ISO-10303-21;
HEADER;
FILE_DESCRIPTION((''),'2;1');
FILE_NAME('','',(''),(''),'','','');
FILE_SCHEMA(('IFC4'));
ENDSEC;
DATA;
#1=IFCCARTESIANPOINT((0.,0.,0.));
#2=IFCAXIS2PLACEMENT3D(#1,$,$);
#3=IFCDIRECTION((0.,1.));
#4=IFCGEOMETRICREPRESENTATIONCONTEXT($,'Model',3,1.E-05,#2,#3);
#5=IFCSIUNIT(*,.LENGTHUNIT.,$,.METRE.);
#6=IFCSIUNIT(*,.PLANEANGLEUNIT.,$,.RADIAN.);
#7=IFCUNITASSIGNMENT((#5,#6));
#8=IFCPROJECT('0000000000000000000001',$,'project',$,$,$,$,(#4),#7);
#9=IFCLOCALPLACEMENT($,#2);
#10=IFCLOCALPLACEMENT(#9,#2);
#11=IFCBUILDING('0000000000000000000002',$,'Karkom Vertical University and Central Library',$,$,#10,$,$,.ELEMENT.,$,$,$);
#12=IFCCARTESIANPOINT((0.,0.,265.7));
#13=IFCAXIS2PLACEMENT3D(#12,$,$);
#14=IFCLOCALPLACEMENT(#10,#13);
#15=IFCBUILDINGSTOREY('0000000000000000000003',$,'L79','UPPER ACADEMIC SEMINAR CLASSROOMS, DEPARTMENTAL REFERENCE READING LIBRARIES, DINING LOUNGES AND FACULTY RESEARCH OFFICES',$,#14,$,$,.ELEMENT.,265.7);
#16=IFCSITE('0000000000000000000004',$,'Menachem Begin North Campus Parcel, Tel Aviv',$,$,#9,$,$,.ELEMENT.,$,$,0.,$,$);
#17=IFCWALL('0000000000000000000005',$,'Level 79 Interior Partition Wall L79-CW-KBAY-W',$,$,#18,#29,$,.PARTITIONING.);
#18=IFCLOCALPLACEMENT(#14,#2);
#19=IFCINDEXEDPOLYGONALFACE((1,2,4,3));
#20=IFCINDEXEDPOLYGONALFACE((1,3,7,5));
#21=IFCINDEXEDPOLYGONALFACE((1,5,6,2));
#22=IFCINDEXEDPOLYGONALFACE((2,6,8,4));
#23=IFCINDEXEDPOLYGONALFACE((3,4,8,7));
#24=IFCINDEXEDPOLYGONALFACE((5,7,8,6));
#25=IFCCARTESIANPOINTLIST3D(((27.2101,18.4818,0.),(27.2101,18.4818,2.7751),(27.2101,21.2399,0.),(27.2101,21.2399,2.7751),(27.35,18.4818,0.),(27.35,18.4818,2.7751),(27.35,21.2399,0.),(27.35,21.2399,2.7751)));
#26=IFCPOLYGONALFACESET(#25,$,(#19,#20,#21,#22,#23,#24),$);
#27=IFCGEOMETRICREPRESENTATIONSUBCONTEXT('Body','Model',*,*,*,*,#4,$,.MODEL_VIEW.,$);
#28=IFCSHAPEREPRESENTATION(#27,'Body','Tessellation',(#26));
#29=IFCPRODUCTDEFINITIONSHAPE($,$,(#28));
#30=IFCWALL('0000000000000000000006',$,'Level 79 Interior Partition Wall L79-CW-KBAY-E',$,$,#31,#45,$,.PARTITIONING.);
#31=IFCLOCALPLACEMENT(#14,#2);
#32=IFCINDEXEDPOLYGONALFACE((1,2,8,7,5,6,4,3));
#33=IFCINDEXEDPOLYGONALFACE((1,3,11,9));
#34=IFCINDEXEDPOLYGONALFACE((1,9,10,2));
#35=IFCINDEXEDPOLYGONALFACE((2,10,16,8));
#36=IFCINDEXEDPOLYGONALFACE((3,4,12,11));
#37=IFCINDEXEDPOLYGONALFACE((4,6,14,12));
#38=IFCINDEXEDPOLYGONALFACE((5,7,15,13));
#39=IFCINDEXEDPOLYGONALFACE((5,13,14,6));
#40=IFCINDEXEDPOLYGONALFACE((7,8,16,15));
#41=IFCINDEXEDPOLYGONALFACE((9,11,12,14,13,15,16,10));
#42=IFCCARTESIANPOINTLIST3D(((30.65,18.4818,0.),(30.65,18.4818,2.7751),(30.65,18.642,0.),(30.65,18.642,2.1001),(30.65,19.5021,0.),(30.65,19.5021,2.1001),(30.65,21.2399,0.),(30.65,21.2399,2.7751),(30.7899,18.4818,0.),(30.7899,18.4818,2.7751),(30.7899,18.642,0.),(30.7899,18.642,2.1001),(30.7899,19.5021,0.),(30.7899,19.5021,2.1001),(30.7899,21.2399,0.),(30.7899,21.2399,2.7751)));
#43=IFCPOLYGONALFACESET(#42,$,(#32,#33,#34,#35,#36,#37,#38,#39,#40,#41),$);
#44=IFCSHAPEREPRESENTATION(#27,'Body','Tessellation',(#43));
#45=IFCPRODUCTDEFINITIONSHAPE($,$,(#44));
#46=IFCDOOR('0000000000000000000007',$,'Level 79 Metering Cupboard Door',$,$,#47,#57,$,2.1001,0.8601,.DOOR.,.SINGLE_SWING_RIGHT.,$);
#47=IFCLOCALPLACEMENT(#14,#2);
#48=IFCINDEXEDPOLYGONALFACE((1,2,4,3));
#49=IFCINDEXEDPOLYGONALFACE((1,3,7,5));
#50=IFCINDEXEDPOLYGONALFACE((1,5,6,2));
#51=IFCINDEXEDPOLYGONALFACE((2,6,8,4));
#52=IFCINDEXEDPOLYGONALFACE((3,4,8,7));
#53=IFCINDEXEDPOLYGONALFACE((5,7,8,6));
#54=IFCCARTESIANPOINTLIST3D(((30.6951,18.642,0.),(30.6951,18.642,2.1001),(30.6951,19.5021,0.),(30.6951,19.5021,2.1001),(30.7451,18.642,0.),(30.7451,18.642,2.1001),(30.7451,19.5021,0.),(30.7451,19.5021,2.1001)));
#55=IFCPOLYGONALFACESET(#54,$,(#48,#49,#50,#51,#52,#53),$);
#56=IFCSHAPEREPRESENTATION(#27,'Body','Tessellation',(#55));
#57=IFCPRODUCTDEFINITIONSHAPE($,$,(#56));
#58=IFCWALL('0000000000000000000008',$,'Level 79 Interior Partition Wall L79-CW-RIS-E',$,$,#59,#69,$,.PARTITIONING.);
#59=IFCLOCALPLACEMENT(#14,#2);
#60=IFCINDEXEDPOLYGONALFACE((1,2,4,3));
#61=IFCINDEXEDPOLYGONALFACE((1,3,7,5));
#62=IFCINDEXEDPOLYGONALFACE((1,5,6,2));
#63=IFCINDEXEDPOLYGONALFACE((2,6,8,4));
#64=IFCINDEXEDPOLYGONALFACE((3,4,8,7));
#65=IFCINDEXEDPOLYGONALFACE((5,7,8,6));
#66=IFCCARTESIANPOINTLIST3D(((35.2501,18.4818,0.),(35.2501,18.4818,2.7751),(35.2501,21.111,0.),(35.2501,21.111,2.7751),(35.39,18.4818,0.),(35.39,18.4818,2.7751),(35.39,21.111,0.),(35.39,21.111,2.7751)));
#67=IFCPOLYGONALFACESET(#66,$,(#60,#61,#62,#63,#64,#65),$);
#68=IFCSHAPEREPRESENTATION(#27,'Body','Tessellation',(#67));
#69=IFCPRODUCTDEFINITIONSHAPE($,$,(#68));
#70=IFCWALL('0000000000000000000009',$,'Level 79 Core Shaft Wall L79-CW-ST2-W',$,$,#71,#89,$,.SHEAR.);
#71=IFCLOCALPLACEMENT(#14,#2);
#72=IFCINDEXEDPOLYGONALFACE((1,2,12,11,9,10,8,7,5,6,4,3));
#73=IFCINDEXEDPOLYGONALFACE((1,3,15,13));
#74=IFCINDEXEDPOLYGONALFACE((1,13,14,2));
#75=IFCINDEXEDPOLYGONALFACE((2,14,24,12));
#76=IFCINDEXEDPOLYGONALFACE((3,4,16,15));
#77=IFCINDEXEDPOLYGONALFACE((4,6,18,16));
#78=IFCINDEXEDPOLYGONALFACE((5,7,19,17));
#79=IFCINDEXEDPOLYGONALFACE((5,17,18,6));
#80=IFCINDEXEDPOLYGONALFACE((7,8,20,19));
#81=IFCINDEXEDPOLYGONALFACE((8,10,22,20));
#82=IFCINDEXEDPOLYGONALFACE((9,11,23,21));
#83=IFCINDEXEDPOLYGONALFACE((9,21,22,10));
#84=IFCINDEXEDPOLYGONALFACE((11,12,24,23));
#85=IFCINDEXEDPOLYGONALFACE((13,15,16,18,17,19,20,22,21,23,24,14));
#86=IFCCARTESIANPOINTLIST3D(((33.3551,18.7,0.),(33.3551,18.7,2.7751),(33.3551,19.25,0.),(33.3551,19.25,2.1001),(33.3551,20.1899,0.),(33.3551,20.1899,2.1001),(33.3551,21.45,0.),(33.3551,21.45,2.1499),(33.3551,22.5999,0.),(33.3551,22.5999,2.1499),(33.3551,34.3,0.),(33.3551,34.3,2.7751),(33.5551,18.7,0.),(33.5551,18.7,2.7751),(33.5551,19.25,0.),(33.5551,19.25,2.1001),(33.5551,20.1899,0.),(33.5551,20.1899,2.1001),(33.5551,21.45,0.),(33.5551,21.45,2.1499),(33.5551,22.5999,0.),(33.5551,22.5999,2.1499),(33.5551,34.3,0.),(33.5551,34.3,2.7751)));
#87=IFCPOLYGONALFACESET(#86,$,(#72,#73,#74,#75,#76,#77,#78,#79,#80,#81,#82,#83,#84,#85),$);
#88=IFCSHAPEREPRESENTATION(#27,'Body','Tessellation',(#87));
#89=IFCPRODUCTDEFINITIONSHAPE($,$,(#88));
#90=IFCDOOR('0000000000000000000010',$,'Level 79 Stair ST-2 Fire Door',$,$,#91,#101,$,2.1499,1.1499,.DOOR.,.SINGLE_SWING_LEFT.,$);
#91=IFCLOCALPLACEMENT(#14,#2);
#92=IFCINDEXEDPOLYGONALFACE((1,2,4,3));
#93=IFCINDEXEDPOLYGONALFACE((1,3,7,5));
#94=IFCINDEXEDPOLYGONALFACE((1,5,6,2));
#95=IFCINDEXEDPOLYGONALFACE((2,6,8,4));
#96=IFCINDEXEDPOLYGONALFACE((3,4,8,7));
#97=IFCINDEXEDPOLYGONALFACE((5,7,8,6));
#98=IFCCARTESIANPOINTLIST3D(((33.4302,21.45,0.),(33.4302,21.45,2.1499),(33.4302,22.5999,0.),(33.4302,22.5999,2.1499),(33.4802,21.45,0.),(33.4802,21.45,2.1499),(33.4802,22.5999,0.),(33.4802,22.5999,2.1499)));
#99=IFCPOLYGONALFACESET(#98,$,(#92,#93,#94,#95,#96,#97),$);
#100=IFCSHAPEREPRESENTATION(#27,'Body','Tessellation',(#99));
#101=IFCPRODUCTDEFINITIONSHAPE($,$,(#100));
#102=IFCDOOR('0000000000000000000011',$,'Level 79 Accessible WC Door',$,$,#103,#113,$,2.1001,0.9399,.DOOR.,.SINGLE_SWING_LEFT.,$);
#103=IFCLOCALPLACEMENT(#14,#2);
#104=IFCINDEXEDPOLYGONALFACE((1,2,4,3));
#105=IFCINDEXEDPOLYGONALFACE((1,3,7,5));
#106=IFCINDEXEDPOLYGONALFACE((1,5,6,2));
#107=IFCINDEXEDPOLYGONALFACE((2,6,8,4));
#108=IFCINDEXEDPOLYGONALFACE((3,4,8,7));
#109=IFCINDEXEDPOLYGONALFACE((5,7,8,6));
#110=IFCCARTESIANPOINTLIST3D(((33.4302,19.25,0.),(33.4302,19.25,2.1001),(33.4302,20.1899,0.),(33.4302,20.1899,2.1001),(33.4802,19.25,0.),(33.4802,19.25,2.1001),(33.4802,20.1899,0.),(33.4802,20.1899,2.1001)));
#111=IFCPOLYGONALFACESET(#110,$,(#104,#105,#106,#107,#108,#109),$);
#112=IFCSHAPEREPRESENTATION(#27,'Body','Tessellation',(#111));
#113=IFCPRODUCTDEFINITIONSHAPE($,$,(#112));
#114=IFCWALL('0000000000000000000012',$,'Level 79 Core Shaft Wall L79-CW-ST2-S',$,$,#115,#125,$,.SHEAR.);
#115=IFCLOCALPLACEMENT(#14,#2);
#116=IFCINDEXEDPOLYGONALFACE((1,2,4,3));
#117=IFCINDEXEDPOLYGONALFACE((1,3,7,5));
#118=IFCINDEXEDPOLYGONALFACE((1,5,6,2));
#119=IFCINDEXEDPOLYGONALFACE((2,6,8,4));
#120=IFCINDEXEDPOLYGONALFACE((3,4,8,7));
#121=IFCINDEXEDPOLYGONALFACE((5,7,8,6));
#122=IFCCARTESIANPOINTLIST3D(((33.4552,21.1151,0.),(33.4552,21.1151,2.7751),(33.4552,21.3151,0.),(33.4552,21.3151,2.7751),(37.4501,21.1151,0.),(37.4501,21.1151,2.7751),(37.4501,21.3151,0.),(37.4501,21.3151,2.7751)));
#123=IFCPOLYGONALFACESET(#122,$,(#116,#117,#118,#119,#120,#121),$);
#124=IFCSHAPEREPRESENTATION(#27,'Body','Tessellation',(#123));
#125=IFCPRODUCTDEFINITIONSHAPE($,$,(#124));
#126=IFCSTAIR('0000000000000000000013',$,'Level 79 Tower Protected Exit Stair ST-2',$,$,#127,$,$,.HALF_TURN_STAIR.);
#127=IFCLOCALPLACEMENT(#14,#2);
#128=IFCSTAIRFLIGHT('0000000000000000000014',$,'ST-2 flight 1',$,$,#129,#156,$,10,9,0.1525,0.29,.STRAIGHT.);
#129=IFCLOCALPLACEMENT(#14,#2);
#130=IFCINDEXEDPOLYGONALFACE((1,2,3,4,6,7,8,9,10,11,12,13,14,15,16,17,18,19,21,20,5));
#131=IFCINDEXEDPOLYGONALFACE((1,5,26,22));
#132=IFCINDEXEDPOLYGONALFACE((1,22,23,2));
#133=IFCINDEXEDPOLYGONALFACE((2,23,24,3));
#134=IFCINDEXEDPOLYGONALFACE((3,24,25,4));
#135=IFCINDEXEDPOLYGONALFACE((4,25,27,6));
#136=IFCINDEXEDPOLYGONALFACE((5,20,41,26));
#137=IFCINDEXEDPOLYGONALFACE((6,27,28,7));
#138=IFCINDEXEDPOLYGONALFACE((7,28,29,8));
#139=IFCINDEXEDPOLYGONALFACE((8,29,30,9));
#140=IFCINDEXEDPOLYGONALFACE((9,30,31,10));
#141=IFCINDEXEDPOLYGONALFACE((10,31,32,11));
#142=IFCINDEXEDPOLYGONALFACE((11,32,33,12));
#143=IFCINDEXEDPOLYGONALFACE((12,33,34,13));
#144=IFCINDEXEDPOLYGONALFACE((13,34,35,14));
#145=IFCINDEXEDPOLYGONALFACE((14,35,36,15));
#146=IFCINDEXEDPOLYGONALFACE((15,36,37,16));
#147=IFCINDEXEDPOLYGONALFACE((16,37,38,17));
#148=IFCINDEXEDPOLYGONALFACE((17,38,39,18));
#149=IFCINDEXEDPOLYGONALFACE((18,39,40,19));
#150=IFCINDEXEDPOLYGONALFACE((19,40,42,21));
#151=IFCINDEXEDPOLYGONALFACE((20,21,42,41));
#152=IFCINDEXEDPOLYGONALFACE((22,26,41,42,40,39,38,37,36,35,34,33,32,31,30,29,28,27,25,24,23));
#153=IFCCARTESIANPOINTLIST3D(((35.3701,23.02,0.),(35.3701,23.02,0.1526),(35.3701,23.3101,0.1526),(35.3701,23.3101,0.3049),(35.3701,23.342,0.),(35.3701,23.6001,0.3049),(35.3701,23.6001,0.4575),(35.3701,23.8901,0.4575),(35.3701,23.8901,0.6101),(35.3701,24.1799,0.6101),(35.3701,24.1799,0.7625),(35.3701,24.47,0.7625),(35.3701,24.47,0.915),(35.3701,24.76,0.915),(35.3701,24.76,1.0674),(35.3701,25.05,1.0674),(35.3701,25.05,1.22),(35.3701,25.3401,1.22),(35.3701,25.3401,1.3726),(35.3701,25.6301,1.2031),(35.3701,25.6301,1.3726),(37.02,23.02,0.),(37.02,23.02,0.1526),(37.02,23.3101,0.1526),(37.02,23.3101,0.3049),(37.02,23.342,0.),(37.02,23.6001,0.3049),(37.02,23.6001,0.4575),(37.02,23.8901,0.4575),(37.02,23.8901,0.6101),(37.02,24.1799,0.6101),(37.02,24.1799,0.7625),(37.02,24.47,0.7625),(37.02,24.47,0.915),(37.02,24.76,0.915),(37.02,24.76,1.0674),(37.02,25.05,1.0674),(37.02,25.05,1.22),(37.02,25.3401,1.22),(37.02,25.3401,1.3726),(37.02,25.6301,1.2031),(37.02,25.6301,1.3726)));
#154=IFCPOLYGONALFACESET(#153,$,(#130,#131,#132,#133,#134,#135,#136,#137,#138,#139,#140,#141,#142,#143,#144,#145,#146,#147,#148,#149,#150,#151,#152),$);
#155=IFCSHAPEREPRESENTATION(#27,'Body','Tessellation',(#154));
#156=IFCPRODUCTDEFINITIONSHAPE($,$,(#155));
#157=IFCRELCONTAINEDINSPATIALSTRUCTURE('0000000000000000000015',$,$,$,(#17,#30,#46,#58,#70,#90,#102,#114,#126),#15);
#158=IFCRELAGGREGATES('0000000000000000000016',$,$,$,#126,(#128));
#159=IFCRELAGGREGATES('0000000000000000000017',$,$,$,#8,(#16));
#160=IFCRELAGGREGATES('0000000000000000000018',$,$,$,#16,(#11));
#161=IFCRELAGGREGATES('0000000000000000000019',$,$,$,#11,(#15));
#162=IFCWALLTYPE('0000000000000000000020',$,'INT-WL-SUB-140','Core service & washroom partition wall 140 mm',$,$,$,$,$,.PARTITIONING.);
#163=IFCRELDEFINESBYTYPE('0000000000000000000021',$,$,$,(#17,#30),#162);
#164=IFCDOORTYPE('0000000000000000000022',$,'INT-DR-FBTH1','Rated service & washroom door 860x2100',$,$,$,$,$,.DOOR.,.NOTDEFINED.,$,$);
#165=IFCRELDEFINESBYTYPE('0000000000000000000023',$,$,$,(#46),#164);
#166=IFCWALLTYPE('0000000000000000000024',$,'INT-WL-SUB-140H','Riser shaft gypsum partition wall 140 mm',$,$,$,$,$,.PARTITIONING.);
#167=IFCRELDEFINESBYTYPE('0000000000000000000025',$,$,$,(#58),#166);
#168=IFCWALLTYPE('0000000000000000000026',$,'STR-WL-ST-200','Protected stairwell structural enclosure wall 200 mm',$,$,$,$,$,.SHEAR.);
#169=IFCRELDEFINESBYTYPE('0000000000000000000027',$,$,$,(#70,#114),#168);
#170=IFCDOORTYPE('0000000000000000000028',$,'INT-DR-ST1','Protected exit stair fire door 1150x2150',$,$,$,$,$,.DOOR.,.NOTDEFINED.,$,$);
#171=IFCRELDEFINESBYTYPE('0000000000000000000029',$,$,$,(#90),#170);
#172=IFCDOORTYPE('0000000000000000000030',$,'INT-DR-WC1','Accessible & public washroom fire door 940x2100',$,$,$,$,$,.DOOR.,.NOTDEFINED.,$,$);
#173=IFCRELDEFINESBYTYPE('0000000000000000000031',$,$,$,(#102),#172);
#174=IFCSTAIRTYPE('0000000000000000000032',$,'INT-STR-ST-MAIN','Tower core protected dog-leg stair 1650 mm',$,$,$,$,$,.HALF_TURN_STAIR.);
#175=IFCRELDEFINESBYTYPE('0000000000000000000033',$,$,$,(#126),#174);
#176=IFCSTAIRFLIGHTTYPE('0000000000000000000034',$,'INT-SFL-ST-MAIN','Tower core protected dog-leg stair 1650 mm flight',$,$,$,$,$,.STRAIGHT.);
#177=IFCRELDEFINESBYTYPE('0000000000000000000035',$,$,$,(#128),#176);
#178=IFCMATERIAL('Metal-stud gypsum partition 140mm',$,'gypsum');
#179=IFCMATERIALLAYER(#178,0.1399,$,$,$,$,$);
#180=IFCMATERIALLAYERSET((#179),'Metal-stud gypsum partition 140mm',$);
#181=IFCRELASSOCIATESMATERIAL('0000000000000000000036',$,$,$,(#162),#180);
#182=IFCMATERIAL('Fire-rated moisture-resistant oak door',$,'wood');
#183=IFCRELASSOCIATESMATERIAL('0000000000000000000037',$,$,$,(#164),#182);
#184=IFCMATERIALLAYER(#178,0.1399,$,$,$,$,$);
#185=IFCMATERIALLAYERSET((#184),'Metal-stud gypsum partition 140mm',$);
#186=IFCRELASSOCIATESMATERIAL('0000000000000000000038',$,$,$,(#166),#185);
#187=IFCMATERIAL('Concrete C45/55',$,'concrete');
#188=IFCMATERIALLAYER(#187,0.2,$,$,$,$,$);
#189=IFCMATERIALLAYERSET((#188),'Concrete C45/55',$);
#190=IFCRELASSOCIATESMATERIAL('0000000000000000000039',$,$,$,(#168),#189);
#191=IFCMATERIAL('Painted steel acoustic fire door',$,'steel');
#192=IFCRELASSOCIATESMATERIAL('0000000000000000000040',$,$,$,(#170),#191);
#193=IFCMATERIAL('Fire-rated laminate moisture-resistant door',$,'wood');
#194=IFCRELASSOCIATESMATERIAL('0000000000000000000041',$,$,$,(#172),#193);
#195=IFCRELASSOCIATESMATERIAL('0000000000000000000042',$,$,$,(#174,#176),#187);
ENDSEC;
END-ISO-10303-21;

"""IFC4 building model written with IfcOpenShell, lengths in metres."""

from ifc_helpers import new_model, si_unit, direction, frame, frame_2d, origin, origin_with_axes, place, context, subcontext, project, spatial, polyline, rectangle, outline, extrude, source, transform, mapped, material, layer, layer_set, type_object, element, fill, aggregate, save


model = new_model("IFC4")

# Units and contexts
model_context = context("Model", 3, precision=1e-05, world=origin(), true_north=direction((0.0, 1.0)))
body_context = subcontext(model_context, "Body", "Model", "MODEL_VIEW")
ifc_project = project(units=[si_unit("LENGTHUNIT", "METRE"), si_unit("PLANEANGLEUNIT", "RADIAN")], contexts=[model_context])

# Site, building, storey
site_placement = place(None, origin())
site = spatial("IfcSite", under=ifc_project, at=site_placement, Name="Menachem Begin North Campus Parcel, Tel Aviv", CompositionType="ELEMENT", RefElevation=0.0)
building_placement = place(site_placement, origin())
building = spatial("IfcBuilding", under=site, at=building_placement, Name="Karkom Vertical University and Central Library", CompositionType="ELEMENT")
storey_placement = place(building_placement, frame((0.0, 0.0, 265.7)))
storey = spatial("IfcBuildingStorey", under=building, at=storey_placement, Name="L79", Description="UPPER ACADEMIC SEMINAR CLASSROOMS, DEPARTMENTAL REFERENCE READING LIBRARIES, DINING LOUNGES AND FACULTY RESEARCH OFFICES", CompositionType="ELEMENT", Elevation=265.7)

# Shared definitions
ifc_material_1 = material(Name="Concrete C45/55", Category="concrete")

# Shared definitions
ifc_material_2 = material(Name="Metal-stud gypsum partition 140mm", Category="gypsum")
ifc_layer_1 = layer(ifc_material_2, 0.1399)
ifc_layer_set_1 = layer_set([ifc_layer_1], Name="Metal-stud gypsum partition 140mm")
wall_type_1 = type_object("IfcWallType", Name="INT-WL-SUB-140", Description="Core service & washroom partition wall 140 mm", PredefinedType="PARTITIONING", material=ifc_layer_set_1)

# Wall
wall_1_placement = place(storey_placement, frame((27.28, 18.4819, 0.0), z_axis=(0.0, 0.0, 1.0), x_axis=(0.0, 1.0, 0.0)))
element("IfcWall", 1, at=wall_1_placement, inside=storey, type_object=wall_type_1, Name="Level 79 Interior Partition Wall L79-CW-KBAY-W", PredefinedType="PARTITIONING", context=body_context, shape_type="SweptSolid", body=[
    extrude(rectangle(XDim=2.7581, YDim=0.1399, at=frame_2d((1.3789, 0.0))), origin(), (0.0, 0.0, 1.0), 2.7751),
])

# Wall, opening, door
wall_2_placement = place(storey_placement, frame((30.72, 18.4819, 0.0), z_axis=(0.0, 0.0, 1.0), x_axis=(0.0, 1.0, 0.0)))
wall_2 = element("IfcWall", 2, at=wall_2_placement, inside=storey, type_object=wall_type_1, Name="Level 79 Interior Partition Wall L79-CW-KBAY-E", PredefinedType="PARTITIONING", context=body_context, shape_type="SweptSolid", body=[
    extrude(rectangle(XDim=2.7581, YDim=0.1399, at=frame_2d((1.3789, 0.0))), origin(), (0.0, 0.0, 1.0), 2.7751),
])
opening_1_placement = place(wall_2_placement, frame((0.1599, 0.0, 0.0)))
opening_1 = element("IfcOpeningElement", 3, at=opening_1_placement, cuts=wall_2, PredefinedType="OPENING", context=body_context, shape_type="SweptSolid", body=[
    extrude(rectangle(XDim=0.8601, YDim=2.1001, at=frame_2d((0.4302, 1.05))), frame((0.0, 0.0801, 0.0), z_axis=(0.0, -1.0, 0.0), x_axis=(1.0, 0.0, 0.0)), (0.0, 0.0, 1.0), 0.1599),
])
ifc_material_3 = material(Name="Fire-rated moisture-resistant oak door", Category="wood")
door_type_1 = type_object("IfcDoorType", Name="INT-DR-FBTH1", Description="Rated service & washroom door 860x2100", OperationType="NOTDEFINED", PredefinedType="DOOR", material=ifc_material_3)
shared_shape_1 = source(origin_with_axes(), body_context, "Body", "SweptSolid", [
    extrude(rectangle(XDim=0.8601, YDim=2.1001, at=frame_2d((0.4302, 1.05))), frame((0.0, 0.0249, 0.0), z_axis=(0.0, -1.0, 0.0), x_axis=(1.0, 0.0, 0.0)), (0.0, 0.0, 1.0), 0.05),
])
door_1_placement = place(opening_1_placement, origin())
door_1 = element("IfcDoor", 4, at=door_1_placement, inside=storey, type_object=door_type_1, Name="Level 79 Metering Cupboard Door", OperationType="SINGLE_SWING_RIGHT", OverallHeight=2.1001, OverallWidth=0.8601, PredefinedType="DOOR", context=body_context, shape_type="MappedRepresentation", body=[
    mapped(shared_shape_1, transform((0.0, 0.0, 0.0), scale=1.0)),
])
fill(opening_1, door_1)

# Wall
ifc_layer_2 = layer(ifc_material_2, 0.1399)
ifc_layer_set_2 = layer_set([ifc_layer_2], Name="Metal-stud gypsum partition 140mm")
wall_type_2 = type_object("IfcWallType", Name="INT-WL-SUB-140H", Description="Riser shaft gypsum partition wall 140 mm", PredefinedType="PARTITIONING", material=ifc_layer_set_2)
wall_3_placement = place(storey_placement, frame((35.3201, 18.4819, 0.0), z_axis=(0.0, 0.0, 1.0), x_axis=(0.0, 1.0, 0.0)))
element("IfcWall", 5, at=wall_3_placement, inside=storey, type_object=wall_type_2, Name="Level 79 Interior Partition Wall L79-CW-RIS-E", PredefinedType="PARTITIONING", context=body_context, shape_type="SweptSolid", body=[
    extrude(rectangle(XDim=2.6292, YDim=0.1399, at=frame_2d((1.3145, 0.0))), origin(), (0.0, 0.0, 1.0), 2.7751),
])

# Wall, openings, doors
ifc_layer_3 = layer(ifc_material_1, 0.2)
ifc_layer_set_3 = layer_set([ifc_layer_3], Name="Concrete C45/55")
wall_type_3 = type_object("IfcWallType", Name="STR-WL-ST-200", Description="Protected stairwell structural enclosure wall 200 mm", PredefinedType="SHEAR", material=ifc_layer_set_3)
wall_4_placement = place(storey_placement, frame((33.4551, 18.7, 0.0), z_axis=(0.0, 0.0, 1.0), x_axis=(0.0, 1.0, 0.0)))
wall_4 = element("IfcWall", 6, at=wall_4_placement, inside=storey, type_object=wall_type_3, Name="Level 79 Core Shaft Wall L79-CW-ST2-W", PredefinedType="SHEAR", context=body_context, shape_type="SweptSolid", body=[
    extrude(rectangle(XDim=15.6001, YDim=0.2, at=frame_2d((7.8, 0.0))), origin(), (0.0, 0.0, 1.0), 2.7751),
])
opening_2_placement = place(wall_4_placement, frame((2.75, 0.0, 0.0)))
opening_2 = element("IfcOpeningElement", 7, at=opening_2_placement, cuts=wall_4, PredefinedType="OPENING", context=body_context, shape_type="SweptSolid", body=[
    extrude(rectangle(XDim=1.1499, YDim=2.1499, at=frame_2d((0.575, 1.075))), frame((0.0, 0.1099, 0.0), z_axis=(0.0, -1.0, 0.0), x_axis=(1.0, 0.0, 0.0)), (0.0, 0.0, 1.0), 0.22),
])
opening_3_placement = place(wall_4_placement, frame((0.55, 0.0, 0.0)))
opening_3 = element("IfcOpeningElement", 8, at=opening_3_placement, cuts=wall_4, PredefinedType="OPENING", context=body_context, shape_type="SweptSolid", body=[
    extrude(rectangle(XDim=0.9399, YDim=2.1001, at=frame_2d((0.47, 1.05))), frame((0.0, 0.1099, 0.0), z_axis=(0.0, -1.0, 0.0), x_axis=(1.0, 0.0, 0.0)), (0.0, 0.0, 1.0), 0.22),
])
ifc_material_4 = material(Name="Painted steel acoustic fire door", Category="steel")
door_type_2 = type_object("IfcDoorType", Name="INT-DR-ST1", Description="Protected exit stair fire door 1150x2150", OperationType="NOTDEFINED", PredefinedType="DOOR", material=ifc_material_4)
shared_shape_2 = source(origin_with_axes(), body_context, "Body", "SweptSolid", [
    extrude(rectangle(XDim=1.1499, YDim=2.1499, at=frame_2d((0.575, 1.075))), frame((0.0, 0.0249, 0.0), z_axis=(0.0, -1.0, 0.0), x_axis=(1.0, 0.0, 0.0)), (0.0, 0.0, 1.0), 0.05),
])
door_2_placement = place(opening_2_placement, origin())
door_2 = element("IfcDoor", 9, at=door_2_placement, inside=storey, type_object=door_type_2, Name="Level 79 Stair ST-2 Fire Door", OperationType="SINGLE_SWING_LEFT", OverallHeight=2.1499, OverallWidth=1.1499, PredefinedType="DOOR", context=body_context, shape_type="MappedRepresentation", body=[
    mapped(shared_shape_2, transform((0.0, 0.0, 0.0), scale=1.0)),
])
fill(opening_2, door_2)
ifc_material_5 = material(Name="Fire-rated laminate moisture-resistant door", Category="wood")
door_type_3 = type_object("IfcDoorType", Name="INT-DR-WC1", Description="Accessible & public washroom fire door 940x2100", OperationType="NOTDEFINED", PredefinedType="DOOR", material=ifc_material_5)
shared_shape_3 = source(origin_with_axes(), body_context, "Body", "SweptSolid", [
    extrude(rectangle(XDim=0.9399, YDim=2.1001, at=frame_2d((0.47, 1.05))), frame((0.0, 0.0249, 0.0), z_axis=(0.0, -1.0, 0.0), x_axis=(1.0, 0.0, 0.0)), (0.0, 0.0, 1.0), 0.05),
])
door_3_placement = place(opening_3_placement, origin())
door_3 = element("IfcDoor", 10, at=door_3_placement, inside=storey, type_object=door_type_3, Name="Level 79 Accessible WC Door", OperationType="SINGLE_SWING_LEFT", OverallHeight=2.1001, OverallWidth=0.9399, PredefinedType="DOOR", context=body_context, shape_type="MappedRepresentation", body=[
    mapped(shared_shape_3, transform((0.0, 0.0, 0.0), scale=1.0)),
])
fill(opening_3, door_3)

# Wall
wall_5_placement = place(storey_placement, frame((33.4551, 21.2151, 0.0), z_axis=(0.0, 0.0, 1.0), x_axis=(1.0, 0.0, 0.0)))
element("IfcWall", 11, at=wall_5_placement, inside=storey, type_object=wall_type_3, Name="Level 79 Core Shaft Wall L79-CW-ST2-S", PredefinedType="SHEAR", context=body_context, shape_type="SweptSolid", body=[
    extrude(rectangle(XDim=3.9949, YDim=0.2, at=frame_2d((1.9976, 0.0))), origin(), (0.0, 0.0, 1.0), 2.7751),
])

# Stair, stair flight
stair_type = type_object("IfcStairType", Name="INT-STR-ST-MAIN", Description="Tower core protected dog-leg stair 1650 mm", PredefinedType="HALF_TURN_STAIR", material=ifc_material_1)
stair_placement = place(storey_placement, origin())
stair = element("IfcStair", 12, at=stair_placement, inside=storey, type_object=stair_type, Name="Level 79 Tower Protected Exit Stair ST-2", PredefinedType="HALF_TURN_STAIR")
stair_flight_type = type_object("IfcStairFlightType", Name="INT-SFL-ST-MAIN", Description="Tower core protected dog-leg stair 1650 mm flight", PredefinedType="STRAIGHT", material=ifc_material_1)
stair_flight_placement = place(storey_placement, frame((36.1951, 23.02, 0.0), z_axis=(0.0, 0.0, 1.0), x_axis=(0.0, 1.0, 0.0)))
stair_flight = element("IfcStairFlight", 13, at=stair_flight_placement, type_object=stair_flight_type, Name="ST-2 flight 1", NumberOfRisers=10, NumberOfTreads=9, PredefinedType="STRAIGHT", RiserHeight=0.1525, TreadLength=0.29, context=body_context, shape_type="SweptSolid", body=[
    extrude(outline(polyline([(0.0, 0.0), (0.0, 0.1526), (0.29, 0.1526), (0.29, 0.3049), (0.5801, 0.3049), (0.5801, 0.4575), (0.8701, 0.4575), (0.8701, 0.6101), (1.1599, 0.6101), (1.1599, 0.7625), (1.45, 0.7625), (1.45, 0.915), (1.74, 0.915), (1.74, 1.0674), (2.03, 1.0674), (2.03, 1.22), (2.3201, 1.22), (2.3201, 1.3726), (2.6101, 1.3726), (2.6101, 1.5249), (2.6101, 1.2031), (0.322, 0.0), (0.0, 0.0)])), frame((0.0, 0.825, 0.0), z_axis=(0.0, -1.0, 0.0), x_axis=(1.0, 0.0, 0.0)), (0.0, 0.0, 1.0), 1.6499),
])
aggregate(stair, [stair_flight])

save(model, "model.ifc")
